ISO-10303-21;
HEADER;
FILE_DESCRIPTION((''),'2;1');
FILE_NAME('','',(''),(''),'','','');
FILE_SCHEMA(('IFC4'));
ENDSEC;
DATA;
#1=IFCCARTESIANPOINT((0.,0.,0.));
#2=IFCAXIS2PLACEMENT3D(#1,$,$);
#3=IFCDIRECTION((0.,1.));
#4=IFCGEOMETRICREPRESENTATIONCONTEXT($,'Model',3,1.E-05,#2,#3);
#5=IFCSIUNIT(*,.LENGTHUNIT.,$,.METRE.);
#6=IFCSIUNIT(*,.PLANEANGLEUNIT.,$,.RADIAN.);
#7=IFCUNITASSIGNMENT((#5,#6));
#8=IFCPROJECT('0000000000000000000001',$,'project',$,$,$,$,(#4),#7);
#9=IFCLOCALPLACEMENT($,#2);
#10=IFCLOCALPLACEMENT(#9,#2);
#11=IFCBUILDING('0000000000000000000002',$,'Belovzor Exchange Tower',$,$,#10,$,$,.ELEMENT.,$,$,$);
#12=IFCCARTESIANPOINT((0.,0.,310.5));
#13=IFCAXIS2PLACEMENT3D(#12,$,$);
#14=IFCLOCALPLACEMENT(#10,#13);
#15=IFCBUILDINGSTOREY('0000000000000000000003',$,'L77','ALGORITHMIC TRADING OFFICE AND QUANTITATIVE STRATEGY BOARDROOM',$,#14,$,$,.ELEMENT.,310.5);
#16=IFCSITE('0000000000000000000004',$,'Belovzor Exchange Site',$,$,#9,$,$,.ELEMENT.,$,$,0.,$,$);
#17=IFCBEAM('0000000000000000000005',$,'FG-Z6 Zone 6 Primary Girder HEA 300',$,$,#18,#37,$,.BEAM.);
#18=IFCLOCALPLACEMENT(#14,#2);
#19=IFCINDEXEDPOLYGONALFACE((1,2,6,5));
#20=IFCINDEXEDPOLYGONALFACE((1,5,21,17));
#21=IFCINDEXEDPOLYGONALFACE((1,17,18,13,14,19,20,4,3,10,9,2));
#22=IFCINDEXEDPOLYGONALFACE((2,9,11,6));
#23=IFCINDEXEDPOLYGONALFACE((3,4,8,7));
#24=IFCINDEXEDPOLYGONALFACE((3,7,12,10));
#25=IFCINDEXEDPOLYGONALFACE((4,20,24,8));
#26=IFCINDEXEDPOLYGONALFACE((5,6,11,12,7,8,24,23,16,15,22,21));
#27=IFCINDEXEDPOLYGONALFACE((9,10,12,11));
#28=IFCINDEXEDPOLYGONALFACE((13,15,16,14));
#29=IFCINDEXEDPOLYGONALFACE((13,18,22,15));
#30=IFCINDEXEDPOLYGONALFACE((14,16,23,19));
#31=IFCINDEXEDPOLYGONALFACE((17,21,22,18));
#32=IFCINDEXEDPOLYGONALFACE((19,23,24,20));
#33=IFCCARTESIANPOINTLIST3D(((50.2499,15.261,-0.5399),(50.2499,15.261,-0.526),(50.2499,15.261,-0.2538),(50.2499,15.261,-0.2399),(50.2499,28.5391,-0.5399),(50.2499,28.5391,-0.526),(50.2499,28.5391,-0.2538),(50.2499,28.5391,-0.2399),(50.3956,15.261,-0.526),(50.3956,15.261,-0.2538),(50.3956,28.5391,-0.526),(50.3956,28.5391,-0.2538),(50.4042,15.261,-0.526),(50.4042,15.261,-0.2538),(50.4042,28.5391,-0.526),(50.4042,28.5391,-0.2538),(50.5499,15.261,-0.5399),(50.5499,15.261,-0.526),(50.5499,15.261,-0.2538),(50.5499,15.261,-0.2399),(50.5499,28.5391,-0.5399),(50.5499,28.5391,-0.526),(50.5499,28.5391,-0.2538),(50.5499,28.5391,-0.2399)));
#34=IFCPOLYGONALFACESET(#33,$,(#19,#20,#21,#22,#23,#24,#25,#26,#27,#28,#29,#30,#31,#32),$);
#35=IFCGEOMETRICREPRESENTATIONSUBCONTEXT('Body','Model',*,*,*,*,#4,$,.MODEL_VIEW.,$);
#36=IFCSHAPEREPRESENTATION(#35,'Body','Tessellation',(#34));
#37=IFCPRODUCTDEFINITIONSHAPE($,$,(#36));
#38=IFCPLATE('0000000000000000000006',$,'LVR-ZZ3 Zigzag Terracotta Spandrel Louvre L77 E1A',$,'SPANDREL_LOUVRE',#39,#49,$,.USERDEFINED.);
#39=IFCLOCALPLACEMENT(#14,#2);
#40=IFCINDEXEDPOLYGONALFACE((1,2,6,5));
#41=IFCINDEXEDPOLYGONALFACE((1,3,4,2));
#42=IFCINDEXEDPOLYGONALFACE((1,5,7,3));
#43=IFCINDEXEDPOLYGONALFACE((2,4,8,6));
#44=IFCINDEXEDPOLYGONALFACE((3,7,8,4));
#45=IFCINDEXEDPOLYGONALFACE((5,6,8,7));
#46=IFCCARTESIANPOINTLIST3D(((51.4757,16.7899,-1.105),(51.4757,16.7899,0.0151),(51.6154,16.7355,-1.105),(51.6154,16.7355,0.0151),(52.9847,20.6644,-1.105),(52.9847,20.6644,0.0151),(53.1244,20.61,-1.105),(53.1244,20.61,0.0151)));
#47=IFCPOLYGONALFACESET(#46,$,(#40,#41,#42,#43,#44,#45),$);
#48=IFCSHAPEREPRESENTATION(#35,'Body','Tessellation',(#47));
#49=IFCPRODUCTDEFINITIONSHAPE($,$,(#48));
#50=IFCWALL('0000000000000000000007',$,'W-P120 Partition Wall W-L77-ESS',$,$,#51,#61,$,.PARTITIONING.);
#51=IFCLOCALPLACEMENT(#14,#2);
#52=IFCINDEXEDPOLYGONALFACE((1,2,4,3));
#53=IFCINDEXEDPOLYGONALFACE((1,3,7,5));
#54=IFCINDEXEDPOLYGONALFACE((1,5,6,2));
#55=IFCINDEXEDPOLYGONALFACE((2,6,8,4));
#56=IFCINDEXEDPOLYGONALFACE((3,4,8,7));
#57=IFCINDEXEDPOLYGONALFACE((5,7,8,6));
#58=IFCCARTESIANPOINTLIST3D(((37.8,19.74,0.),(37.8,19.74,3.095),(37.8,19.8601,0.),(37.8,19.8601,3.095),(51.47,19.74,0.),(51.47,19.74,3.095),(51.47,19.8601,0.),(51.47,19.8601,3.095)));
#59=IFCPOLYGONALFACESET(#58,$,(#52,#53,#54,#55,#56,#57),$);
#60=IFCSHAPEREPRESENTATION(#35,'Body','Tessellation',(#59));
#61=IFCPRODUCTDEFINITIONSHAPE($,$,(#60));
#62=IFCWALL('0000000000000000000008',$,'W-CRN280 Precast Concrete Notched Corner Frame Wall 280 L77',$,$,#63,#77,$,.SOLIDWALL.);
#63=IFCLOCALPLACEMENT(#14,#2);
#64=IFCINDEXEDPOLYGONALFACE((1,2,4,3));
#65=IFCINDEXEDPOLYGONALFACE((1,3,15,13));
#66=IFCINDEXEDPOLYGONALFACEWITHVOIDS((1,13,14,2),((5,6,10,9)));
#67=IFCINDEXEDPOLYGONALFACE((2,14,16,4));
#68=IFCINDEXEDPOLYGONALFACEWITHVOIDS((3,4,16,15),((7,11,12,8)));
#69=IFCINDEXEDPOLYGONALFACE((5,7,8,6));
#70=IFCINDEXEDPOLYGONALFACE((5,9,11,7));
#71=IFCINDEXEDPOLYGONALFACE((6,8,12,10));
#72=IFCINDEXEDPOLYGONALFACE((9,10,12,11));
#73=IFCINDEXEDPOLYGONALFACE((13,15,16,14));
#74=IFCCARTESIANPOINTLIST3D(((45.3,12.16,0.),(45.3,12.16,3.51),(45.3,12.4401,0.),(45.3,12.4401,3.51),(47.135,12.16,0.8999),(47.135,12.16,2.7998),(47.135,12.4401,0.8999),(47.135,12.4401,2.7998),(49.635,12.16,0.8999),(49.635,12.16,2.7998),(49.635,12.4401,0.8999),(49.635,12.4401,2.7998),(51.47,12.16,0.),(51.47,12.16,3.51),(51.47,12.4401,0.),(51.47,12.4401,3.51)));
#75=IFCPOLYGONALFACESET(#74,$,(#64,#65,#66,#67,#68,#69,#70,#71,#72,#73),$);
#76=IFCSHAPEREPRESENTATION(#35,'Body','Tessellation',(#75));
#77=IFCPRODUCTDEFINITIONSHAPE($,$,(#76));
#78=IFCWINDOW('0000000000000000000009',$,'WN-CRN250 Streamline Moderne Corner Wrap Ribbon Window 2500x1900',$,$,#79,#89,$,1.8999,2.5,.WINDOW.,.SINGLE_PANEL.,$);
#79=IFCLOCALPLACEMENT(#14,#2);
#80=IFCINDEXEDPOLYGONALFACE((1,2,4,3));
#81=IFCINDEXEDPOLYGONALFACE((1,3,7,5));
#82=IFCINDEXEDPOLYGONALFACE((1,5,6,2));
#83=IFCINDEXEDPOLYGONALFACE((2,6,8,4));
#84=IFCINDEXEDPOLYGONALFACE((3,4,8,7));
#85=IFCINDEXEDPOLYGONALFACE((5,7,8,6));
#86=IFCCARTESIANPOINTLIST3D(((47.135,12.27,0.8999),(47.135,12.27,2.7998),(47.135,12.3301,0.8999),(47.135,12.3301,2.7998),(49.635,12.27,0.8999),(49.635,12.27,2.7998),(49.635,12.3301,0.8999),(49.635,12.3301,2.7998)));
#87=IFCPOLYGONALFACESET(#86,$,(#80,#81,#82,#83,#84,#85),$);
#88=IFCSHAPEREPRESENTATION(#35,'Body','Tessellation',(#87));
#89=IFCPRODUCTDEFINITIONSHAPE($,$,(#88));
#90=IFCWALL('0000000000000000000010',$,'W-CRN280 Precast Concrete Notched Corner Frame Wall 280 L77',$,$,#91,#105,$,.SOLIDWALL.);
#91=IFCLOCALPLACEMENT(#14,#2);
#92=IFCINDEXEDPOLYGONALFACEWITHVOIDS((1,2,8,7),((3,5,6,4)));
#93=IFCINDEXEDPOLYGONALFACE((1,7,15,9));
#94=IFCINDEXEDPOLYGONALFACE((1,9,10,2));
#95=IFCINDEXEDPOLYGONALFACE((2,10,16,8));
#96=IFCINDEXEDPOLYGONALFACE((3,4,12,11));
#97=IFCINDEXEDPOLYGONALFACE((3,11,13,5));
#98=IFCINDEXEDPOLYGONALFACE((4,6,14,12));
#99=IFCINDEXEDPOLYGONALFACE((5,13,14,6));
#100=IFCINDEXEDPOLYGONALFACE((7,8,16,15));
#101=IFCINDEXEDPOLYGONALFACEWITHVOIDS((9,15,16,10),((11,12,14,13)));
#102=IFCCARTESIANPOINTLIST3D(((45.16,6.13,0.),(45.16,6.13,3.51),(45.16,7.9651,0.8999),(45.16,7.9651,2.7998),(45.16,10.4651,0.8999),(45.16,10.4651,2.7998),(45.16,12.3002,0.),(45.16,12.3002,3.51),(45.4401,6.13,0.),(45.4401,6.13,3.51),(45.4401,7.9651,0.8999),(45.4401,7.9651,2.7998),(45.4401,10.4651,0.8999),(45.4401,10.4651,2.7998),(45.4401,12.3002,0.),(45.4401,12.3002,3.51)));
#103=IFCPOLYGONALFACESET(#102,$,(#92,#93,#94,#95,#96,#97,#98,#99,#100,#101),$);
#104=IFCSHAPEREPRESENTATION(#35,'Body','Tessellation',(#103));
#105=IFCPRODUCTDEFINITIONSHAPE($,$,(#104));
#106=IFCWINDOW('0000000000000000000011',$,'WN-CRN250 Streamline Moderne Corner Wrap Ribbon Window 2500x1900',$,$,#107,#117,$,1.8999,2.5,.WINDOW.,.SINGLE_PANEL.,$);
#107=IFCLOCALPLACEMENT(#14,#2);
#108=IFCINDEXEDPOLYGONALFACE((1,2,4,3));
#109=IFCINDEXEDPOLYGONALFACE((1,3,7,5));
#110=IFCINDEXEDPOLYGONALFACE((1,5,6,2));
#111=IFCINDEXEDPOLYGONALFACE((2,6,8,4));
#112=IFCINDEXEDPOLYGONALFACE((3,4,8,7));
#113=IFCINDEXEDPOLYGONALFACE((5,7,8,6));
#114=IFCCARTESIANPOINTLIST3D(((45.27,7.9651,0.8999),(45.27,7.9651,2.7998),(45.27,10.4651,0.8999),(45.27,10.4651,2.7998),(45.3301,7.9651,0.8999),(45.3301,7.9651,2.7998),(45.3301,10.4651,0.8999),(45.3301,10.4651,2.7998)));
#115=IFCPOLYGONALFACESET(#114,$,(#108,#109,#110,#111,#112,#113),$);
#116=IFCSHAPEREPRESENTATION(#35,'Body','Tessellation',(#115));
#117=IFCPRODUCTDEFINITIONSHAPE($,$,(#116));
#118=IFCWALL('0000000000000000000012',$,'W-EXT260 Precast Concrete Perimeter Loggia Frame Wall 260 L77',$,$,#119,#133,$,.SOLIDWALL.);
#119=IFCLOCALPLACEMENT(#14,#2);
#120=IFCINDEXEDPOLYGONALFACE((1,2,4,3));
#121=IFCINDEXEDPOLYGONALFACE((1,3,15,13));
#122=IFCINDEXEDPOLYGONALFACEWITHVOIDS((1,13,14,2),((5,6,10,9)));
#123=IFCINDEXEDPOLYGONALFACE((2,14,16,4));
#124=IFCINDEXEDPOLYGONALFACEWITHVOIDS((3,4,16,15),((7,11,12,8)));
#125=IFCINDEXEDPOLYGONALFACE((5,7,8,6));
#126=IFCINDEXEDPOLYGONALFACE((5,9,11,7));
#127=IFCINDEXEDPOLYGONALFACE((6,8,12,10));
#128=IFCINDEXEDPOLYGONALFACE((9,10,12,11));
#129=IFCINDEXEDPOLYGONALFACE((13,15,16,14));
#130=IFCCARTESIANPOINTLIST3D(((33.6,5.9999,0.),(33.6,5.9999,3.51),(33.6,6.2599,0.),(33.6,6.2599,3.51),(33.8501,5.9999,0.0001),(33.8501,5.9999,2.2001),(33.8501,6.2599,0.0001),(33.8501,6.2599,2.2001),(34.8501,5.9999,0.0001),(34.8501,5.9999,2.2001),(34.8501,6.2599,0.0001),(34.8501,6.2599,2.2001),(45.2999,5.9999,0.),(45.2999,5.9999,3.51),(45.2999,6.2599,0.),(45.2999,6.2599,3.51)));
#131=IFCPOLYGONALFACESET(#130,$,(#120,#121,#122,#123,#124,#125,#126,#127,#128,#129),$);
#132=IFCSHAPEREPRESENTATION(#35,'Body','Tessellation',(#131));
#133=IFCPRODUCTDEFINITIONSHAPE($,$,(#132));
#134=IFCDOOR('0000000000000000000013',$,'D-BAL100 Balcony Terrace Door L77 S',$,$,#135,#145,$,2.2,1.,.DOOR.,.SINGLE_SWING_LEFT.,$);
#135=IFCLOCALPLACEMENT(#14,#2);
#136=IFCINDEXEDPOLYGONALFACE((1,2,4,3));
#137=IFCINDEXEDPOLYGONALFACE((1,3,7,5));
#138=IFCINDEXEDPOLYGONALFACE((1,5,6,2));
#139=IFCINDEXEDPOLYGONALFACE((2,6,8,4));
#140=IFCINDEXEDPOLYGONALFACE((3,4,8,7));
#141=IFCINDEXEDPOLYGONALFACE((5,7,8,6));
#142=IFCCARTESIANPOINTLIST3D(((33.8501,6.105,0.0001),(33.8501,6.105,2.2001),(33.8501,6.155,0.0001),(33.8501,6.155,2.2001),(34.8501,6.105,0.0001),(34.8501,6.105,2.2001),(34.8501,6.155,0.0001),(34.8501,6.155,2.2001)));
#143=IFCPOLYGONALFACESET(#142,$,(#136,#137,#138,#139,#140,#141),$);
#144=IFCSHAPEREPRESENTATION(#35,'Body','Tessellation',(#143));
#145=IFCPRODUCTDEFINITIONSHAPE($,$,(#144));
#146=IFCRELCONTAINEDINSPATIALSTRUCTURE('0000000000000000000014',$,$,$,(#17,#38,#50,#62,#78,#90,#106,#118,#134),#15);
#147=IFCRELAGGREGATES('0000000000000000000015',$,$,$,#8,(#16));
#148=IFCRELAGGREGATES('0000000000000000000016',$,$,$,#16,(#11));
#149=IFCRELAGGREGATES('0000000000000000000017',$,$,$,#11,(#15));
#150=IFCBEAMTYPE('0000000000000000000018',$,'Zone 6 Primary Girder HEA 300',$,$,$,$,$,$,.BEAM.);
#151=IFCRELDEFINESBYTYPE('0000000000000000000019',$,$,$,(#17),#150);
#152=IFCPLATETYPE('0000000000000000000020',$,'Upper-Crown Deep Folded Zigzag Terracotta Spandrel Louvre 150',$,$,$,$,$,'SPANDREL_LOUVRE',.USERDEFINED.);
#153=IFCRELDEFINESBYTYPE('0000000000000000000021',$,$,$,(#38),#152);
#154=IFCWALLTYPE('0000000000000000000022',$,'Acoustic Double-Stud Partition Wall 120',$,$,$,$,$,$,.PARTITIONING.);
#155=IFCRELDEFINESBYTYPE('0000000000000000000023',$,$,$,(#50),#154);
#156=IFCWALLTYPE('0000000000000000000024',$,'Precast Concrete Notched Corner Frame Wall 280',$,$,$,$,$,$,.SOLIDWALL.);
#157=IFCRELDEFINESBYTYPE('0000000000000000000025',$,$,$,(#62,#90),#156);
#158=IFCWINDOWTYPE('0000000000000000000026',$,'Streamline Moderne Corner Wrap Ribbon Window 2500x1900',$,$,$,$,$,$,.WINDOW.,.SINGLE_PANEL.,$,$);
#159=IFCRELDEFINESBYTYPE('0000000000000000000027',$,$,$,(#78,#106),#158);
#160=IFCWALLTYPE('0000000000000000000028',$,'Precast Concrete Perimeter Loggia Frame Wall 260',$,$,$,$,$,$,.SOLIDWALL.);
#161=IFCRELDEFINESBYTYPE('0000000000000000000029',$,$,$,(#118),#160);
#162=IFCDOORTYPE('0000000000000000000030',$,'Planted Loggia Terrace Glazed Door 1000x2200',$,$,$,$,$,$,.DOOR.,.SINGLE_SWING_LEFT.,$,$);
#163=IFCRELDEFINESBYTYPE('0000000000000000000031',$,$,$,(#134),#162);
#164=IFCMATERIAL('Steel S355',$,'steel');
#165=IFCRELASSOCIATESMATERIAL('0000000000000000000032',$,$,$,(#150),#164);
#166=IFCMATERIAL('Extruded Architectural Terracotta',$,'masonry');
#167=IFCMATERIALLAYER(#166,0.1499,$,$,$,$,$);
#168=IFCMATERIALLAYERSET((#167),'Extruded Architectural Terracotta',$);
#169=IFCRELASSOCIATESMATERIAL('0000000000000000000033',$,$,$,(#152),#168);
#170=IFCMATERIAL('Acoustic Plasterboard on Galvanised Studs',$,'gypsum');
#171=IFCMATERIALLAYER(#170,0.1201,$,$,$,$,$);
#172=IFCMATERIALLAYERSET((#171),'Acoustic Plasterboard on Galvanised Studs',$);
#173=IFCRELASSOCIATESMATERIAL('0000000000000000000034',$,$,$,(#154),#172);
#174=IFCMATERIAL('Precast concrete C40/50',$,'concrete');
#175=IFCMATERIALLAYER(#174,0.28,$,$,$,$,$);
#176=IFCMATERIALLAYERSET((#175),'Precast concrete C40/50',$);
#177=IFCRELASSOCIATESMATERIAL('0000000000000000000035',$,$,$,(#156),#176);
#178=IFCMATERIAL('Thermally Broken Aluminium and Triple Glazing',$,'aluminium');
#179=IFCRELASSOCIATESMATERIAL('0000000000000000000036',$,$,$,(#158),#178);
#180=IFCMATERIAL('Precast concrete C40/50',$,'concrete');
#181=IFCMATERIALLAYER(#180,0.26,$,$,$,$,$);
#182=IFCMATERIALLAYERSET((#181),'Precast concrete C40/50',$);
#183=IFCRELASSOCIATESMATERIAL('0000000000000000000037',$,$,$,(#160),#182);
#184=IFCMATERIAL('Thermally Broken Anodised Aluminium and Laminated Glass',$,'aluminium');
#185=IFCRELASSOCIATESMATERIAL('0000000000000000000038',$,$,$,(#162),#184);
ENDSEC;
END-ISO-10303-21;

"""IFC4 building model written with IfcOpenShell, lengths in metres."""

from ifc_helpers import new_model, si_unit, direction, frame, frame_2d, origin, origin_2d, place, context, subcontext, project, spatial, rectangle, i_section, extrude, material, layer, layer_set, material_profile, profile_set, type_object, element, fill, save


model = new_model("IFC4")

# Units and contexts
model_context = context("Model", 3, precision=1e-05, world=origin(), true_north=direction((0.0, 1.0)))
body_context = subcontext(model_context, "Body", "Model", "MODEL_VIEW")
ifc_project = project(units=[si_unit("LENGTHUNIT", "METRE"), si_unit("PLANEANGLEUNIT", "RADIAN")], contexts=[model_context])

# Site, building, storey
site_placement = place(None, origin())
site = spatial("IfcSite", under=ifc_project, at=site_placement, Name="Belovzor Exchange Site", CompositionType="ELEMENT", RefElevation=0.0)
building_placement = place(site_placement, origin())
building = spatial("IfcBuilding", under=site, at=building_placement, Name="Belovzor Exchange Tower", CompositionType="ELEMENT")
storey_placement = place(building_placement, frame((0.0, 0.0, 310.5)))
storey = spatial("IfcBuildingStorey", under=building, at=storey_placement, Name="L77", Description="ALGORITHMIC TRADING OFFICE AND QUANTITATIVE STRATEGY BOARDROOM", CompositionType="ELEMENT", Elevation=310.5)

# Beam
ifc_material_1 = material(Name="Steel S355", Category="steel")
ifc_material_profile_1 = material_profile(ifc_material_1, i_section(OverallWidth=0.3, OverallDepth=0.3, WebThickness=0.0085, FlangeThickness=0.0139, at=origin_2d()))
ifc_profile_set_1 = profile_set([ifc_material_profile_1], Name="Steel S355")
beam_type_1 = type_object("IfcBeamType", Name="Zone 6 Primary Girder HEA 300", PredefinedType="BEAM", material=ifc_profile_set_1)
beam_1_placement = place(storey_placement, frame((50.3999, 15.261, -0.3899), z_axis=(0.0, 1.0, 0.0), x_axis=(-1.0, 0.0, 0.0)))
element("IfcBeam", 1, at=beam_1_placement, inside=storey, type_object=beam_type_1, Name="FG-Z6 Zone 6 Primary Girder HEA 300", PredefinedType="BEAM", context=body_context, shape_type="SweptSolid", body=[
    extrude(i_section(OverallWidth=0.3, OverallDepth=0.3, WebThickness=0.0085, FlangeThickness=0.0139, at=origin_2d()), origin(), (0.0, 0.0, 1.0), 13.2781),
])

# Plate
ifc_material_2 = material(Name="Extruded Architectural Terracotta", Category="masonry")
ifc_layer_1 = layer(ifc_material_2, 0.1499)
ifc_layer_set_1 = layer_set([ifc_layer_1], Name="Extruded Architectural Terracotta")
plate_type = type_object("IfcPlateType", Name="Upper-Crown Deep Folded Zigzag Terracotta Spandrel Louvre 150", ElementType="SPANDREL_LOUVRE", PredefinedType="USERDEFINED", material=ifc_layer_set_1)
plate_placement = place(storey_placement, frame((52.3, 18.7, -1.105), z_axis=(0.0, 0.0, 1.0), x_axis=(0.362926, 0.931818, 0.0)))
element("IfcPlate", 2, at=plate_placement, inside=storey, type_object=plate_type, Name="LVR-ZZ3 Zigzag Terracotta Spandrel Louvre L77 E1A", ObjectType="SPANDREL_LOUVRE", PredefinedType="USERDEFINED", context=body_context, shape_type="SweptSolid", body=[
    extrude(rectangle(XDim=4.158, YDim=0.1499, at=origin_2d()), origin(), (0.0, 0.0, 1.0), 1.1201),
])

# Wall
ifc_material_3 = material(Name="Acoustic Plasterboard on Galvanised Studs", Category="gypsum")
ifc_layer_2 = layer(ifc_material_3, 0.1201)
ifc_layer_set_2 = layer_set([ifc_layer_2], Name="Acoustic Plasterboard on Galvanised Studs")
wall_type_1 = type_object("IfcWallType", Name="Acoustic Double-Stud Partition Wall 120", PredefinedType="PARTITIONING", material=ifc_layer_set_2)
wall_1_placement = place(storey_placement, frame((37.8, 19.8, 0.0), z_axis=(0.0, 0.0, 1.0), x_axis=(1.0, 0.0, 0.0)))
element("IfcWall", 3, at=wall_1_placement, inside=storey, type_object=wall_type_1, Name="W-P120 Partition Wall W-L77-ESS", PredefinedType="PARTITIONING", context=body_context, shape_type="SweptSolid", body=[
    extrude(rectangle(XDim=13.6699, YDim=0.1201, at=frame_2d((6.835, 0.0))), origin(), (0.0, 0.0, 1.0), 3.095),
])

# Walls, openings, windows
ifc_material_4 = material(Name="Precast concrete C40/50", Category="concrete")
ifc_layer_3 = layer(ifc_material_4, 0.28)
ifc_layer_set_3 = layer_set([ifc_layer_3], Name="Precast concrete C40/50")
wall_type_2 = type_object("IfcWallType", Name="Precast Concrete Notched Corner Frame Wall 280", PredefinedType="SOLIDWALL", material=ifc_layer_set_3)
wall_2_placement = place(storey_placement, frame((51.47, 12.3, 0.0), z_axis=(0.0, 0.0, 1.0), x_axis=(-1.0, 0.0, 0.0)))
wall_2 = element("IfcWall", 4, at=wall_2_placement, inside=storey, type_object=wall_type_2, Name="W-CRN280 Precast Concrete Notched Corner Frame Wall 280 L77", PredefinedType="SOLIDWALL", context=body_context, shape_type="SweptSolid", body=[
    extrude(rectangle(XDim=6.1699, YDim=0.28, at=frame_2d((3.085, 0.0))), origin(), (0.0, 0.0, 1.0), 3.51),
])
opening_1_placement = place(wall_2_placement, frame((1.835, 0.0, 0.8999)))
opening_1 = element("IfcOpeningElement", 5, at=opening_1_placement, cuts=wall_2, PredefinedType="OPENING", context=body_context, shape_type="SweptSolid", body=[
    extrude(rectangle(XDim=2.5, YDim=1.8999, at=frame_2d((1.25, 0.95))), frame((0.0, 0.1499, 0.0), z_axis=(0.0, -1.0, 0.0), x_axis=(1.0, 0.0, 0.0)), (0.0, 0.0, 1.0), 0.3),
])
ifc_material_5 = material(Name="Thermally Broken Aluminium and Triple Glazing", Category="aluminium")
window_type = type_object("IfcWindowType", Name="Streamline Moderne Corner Wrap Ribbon Window 2500x1900", PartitioningType="SINGLE_PANEL", PredefinedType="WINDOW", material=ifc_material_5)
window_1_placement = place(opening_1_placement, origin())
window_1 = element("IfcWindow", 6, at=window_1_placement, inside=storey, type_object=window_type, Name="WN-CRN250 Streamline Moderne Corner Wrap Ribbon Window 2500x1900", OverallHeight=1.8999, OverallWidth=2.5, PartitioningType="SINGLE_PANEL", PredefinedType="WINDOW", context=body_context, shape_type="SweptSolid", body=[
    extrude(rectangle(XDim=2.5, YDim=1.8999, at=frame_2d((1.25, 0.95))), frame((0.0, 0.03, 0.0), z_axis=(0.0, -1.0, 0.0), x_axis=(1.0, 0.0, 0.0)), (0.0, 0.0, 1.0), 0.0601),
])
fill(opening_1, window_1)
wall_3_placement = place(storey_placement, frame((45.3, 12.3, 0.0), z_axis=(0.0, 0.0, 1.0), x_axis=(0.0, -1.0, 0.0)))
wall_3 = element("IfcWall", 7, at=wall_3_placement, inside=storey, type_object=wall_type_2, Name="W-CRN280 Precast Concrete Notched Corner Frame Wall 280 L77", PredefinedType="SOLIDWALL", context=body_context, shape_type="SweptSolid", body=[
    extrude(rectangle(XDim=6.1702, YDim=0.28, at=frame_2d((3.085, 0.0))), origin(), (0.0, 0.0, 1.0), 3.51),
])
opening_2_placement = place(wall_3_placement, frame((1.835, 0.0, 0.8999)))
opening_2 = element("IfcOpeningElement", 8, at=opening_2_placement, cuts=wall_3, PredefinedType="OPENING", context=body_context, shape_type="SweptSolid", body=[
    extrude(rectangle(XDim=2.5, YDim=1.8999, at=frame_2d((1.25, 0.95))), frame((0.0, 0.1499, 0.0), z_axis=(0.0, -1.0, 0.0), x_axis=(1.0, 0.0, 0.0)), (0.0, 0.0, 1.0), 0.3),
])
window_2_placement = place(opening_2_placement, origin())
window_2 = element("IfcWindow", 9, at=window_2_placement, inside=storey, type_object=window_type, Name="WN-CRN250 Streamline Moderne Corner Wrap Ribbon Window 2500x1900", OverallHeight=1.8999, OverallWidth=2.5, PartitioningType="SINGLE_PANEL", PredefinedType="WINDOW", context=body_context, shape_type="SweptSolid", body=[
    extrude(rectangle(XDim=2.5, YDim=1.8999, at=frame_2d((1.25, 0.95))), frame((0.0, 0.03, 0.0), z_axis=(0.0, -1.0, 0.0), x_axis=(1.0, 0.0, 0.0)), (0.0, 0.0, 1.0), 0.0601),
])
fill(opening_2, window_2)

# Wall, opening, door
ifc_material_6 = material(Name="Precast concrete C40/50", Category="concrete")
ifc_layer_4 = layer(ifc_material_6, 0.26)
ifc_layer_set_4 = layer_set([ifc_layer_4], Name="Precast concrete C40/50")
wall_type_3 = type_object("IfcWallType", Name="Precast Concrete Perimeter Loggia Frame Wall 260", PredefinedType="SOLIDWALL", material=ifc_layer_set_4)
wall_4_placement = place(storey_placement, frame((45.3, 6.1299, 0.0), z_axis=(0.0, 0.0, 1.0), x_axis=(-1.0, 0.0, 0.0)))
wall_4 = element("IfcWall", 10, at=wall_4_placement, inside=storey, type_object=wall_type_3, Name="W-EXT260 Precast Concrete Perimeter Loggia Frame Wall 260 L77", PredefinedType="SOLIDWALL", context=body_context, shape_type="SweptSolid", body=[
    extrude(rectangle(XDim=11.7, YDim=0.26, at=frame_2d((5.8501, 0.0))), origin(), (0.0, 0.0, 1.0), 3.51),
])
opening_3_placement = place(wall_4_placement, frame((10.45, 0.0, 0.0)))
opening_3 = element("IfcOpeningElement", 11, at=opening_3_placement, cuts=wall_4, PredefinedType="OPENING", context=body_context, shape_type="SweptSolid", body=[
    extrude(rectangle(XDim=1.0, YDim=2.2, at=frame_2d((0.5, 1.1001))), frame((0.0, 0.1399, 0.0), z_axis=(0.0, -1.0, 0.0), x_axis=(1.0, 0.0, 0.0)), (0.0, 0.0, 1.0), 0.28),
])
ifc_material_7 = material(Name="Thermally Broken Anodised Aluminium and Laminated Glass", Category="aluminium")
door_type = type_object("IfcDoorType", Name="Planted Loggia Terrace Glazed Door 1000x2200", OperationType="SINGLE_SWING_LEFT", PredefinedType="DOOR", material=ifc_material_7)
door_placement = place(opening_3_placement, origin())
door = element("IfcDoor", 12, at=door_placement, inside=storey, type_object=door_type, Name="D-BAL100 Balcony Terrace Door L77 S", OperationType="SINGLE_SWING_LEFT", OverallHeight=2.2, OverallWidth=1.0, PredefinedType="DOOR", context=body_context, shape_type="SweptSolid", body=[
    extrude(rectangle(XDim=1.0, YDim=2.2, at=frame_2d((0.5, 1.1001))), frame((0.0, 0.0249, 0.0), z_axis=(0.0, -1.0, 0.0), x_axis=(1.0, 0.0, 0.0)), (0.0, 0.0, 1.0), 0.05),
])
fill(opening_3, door)

save(model, "model.ifc")
